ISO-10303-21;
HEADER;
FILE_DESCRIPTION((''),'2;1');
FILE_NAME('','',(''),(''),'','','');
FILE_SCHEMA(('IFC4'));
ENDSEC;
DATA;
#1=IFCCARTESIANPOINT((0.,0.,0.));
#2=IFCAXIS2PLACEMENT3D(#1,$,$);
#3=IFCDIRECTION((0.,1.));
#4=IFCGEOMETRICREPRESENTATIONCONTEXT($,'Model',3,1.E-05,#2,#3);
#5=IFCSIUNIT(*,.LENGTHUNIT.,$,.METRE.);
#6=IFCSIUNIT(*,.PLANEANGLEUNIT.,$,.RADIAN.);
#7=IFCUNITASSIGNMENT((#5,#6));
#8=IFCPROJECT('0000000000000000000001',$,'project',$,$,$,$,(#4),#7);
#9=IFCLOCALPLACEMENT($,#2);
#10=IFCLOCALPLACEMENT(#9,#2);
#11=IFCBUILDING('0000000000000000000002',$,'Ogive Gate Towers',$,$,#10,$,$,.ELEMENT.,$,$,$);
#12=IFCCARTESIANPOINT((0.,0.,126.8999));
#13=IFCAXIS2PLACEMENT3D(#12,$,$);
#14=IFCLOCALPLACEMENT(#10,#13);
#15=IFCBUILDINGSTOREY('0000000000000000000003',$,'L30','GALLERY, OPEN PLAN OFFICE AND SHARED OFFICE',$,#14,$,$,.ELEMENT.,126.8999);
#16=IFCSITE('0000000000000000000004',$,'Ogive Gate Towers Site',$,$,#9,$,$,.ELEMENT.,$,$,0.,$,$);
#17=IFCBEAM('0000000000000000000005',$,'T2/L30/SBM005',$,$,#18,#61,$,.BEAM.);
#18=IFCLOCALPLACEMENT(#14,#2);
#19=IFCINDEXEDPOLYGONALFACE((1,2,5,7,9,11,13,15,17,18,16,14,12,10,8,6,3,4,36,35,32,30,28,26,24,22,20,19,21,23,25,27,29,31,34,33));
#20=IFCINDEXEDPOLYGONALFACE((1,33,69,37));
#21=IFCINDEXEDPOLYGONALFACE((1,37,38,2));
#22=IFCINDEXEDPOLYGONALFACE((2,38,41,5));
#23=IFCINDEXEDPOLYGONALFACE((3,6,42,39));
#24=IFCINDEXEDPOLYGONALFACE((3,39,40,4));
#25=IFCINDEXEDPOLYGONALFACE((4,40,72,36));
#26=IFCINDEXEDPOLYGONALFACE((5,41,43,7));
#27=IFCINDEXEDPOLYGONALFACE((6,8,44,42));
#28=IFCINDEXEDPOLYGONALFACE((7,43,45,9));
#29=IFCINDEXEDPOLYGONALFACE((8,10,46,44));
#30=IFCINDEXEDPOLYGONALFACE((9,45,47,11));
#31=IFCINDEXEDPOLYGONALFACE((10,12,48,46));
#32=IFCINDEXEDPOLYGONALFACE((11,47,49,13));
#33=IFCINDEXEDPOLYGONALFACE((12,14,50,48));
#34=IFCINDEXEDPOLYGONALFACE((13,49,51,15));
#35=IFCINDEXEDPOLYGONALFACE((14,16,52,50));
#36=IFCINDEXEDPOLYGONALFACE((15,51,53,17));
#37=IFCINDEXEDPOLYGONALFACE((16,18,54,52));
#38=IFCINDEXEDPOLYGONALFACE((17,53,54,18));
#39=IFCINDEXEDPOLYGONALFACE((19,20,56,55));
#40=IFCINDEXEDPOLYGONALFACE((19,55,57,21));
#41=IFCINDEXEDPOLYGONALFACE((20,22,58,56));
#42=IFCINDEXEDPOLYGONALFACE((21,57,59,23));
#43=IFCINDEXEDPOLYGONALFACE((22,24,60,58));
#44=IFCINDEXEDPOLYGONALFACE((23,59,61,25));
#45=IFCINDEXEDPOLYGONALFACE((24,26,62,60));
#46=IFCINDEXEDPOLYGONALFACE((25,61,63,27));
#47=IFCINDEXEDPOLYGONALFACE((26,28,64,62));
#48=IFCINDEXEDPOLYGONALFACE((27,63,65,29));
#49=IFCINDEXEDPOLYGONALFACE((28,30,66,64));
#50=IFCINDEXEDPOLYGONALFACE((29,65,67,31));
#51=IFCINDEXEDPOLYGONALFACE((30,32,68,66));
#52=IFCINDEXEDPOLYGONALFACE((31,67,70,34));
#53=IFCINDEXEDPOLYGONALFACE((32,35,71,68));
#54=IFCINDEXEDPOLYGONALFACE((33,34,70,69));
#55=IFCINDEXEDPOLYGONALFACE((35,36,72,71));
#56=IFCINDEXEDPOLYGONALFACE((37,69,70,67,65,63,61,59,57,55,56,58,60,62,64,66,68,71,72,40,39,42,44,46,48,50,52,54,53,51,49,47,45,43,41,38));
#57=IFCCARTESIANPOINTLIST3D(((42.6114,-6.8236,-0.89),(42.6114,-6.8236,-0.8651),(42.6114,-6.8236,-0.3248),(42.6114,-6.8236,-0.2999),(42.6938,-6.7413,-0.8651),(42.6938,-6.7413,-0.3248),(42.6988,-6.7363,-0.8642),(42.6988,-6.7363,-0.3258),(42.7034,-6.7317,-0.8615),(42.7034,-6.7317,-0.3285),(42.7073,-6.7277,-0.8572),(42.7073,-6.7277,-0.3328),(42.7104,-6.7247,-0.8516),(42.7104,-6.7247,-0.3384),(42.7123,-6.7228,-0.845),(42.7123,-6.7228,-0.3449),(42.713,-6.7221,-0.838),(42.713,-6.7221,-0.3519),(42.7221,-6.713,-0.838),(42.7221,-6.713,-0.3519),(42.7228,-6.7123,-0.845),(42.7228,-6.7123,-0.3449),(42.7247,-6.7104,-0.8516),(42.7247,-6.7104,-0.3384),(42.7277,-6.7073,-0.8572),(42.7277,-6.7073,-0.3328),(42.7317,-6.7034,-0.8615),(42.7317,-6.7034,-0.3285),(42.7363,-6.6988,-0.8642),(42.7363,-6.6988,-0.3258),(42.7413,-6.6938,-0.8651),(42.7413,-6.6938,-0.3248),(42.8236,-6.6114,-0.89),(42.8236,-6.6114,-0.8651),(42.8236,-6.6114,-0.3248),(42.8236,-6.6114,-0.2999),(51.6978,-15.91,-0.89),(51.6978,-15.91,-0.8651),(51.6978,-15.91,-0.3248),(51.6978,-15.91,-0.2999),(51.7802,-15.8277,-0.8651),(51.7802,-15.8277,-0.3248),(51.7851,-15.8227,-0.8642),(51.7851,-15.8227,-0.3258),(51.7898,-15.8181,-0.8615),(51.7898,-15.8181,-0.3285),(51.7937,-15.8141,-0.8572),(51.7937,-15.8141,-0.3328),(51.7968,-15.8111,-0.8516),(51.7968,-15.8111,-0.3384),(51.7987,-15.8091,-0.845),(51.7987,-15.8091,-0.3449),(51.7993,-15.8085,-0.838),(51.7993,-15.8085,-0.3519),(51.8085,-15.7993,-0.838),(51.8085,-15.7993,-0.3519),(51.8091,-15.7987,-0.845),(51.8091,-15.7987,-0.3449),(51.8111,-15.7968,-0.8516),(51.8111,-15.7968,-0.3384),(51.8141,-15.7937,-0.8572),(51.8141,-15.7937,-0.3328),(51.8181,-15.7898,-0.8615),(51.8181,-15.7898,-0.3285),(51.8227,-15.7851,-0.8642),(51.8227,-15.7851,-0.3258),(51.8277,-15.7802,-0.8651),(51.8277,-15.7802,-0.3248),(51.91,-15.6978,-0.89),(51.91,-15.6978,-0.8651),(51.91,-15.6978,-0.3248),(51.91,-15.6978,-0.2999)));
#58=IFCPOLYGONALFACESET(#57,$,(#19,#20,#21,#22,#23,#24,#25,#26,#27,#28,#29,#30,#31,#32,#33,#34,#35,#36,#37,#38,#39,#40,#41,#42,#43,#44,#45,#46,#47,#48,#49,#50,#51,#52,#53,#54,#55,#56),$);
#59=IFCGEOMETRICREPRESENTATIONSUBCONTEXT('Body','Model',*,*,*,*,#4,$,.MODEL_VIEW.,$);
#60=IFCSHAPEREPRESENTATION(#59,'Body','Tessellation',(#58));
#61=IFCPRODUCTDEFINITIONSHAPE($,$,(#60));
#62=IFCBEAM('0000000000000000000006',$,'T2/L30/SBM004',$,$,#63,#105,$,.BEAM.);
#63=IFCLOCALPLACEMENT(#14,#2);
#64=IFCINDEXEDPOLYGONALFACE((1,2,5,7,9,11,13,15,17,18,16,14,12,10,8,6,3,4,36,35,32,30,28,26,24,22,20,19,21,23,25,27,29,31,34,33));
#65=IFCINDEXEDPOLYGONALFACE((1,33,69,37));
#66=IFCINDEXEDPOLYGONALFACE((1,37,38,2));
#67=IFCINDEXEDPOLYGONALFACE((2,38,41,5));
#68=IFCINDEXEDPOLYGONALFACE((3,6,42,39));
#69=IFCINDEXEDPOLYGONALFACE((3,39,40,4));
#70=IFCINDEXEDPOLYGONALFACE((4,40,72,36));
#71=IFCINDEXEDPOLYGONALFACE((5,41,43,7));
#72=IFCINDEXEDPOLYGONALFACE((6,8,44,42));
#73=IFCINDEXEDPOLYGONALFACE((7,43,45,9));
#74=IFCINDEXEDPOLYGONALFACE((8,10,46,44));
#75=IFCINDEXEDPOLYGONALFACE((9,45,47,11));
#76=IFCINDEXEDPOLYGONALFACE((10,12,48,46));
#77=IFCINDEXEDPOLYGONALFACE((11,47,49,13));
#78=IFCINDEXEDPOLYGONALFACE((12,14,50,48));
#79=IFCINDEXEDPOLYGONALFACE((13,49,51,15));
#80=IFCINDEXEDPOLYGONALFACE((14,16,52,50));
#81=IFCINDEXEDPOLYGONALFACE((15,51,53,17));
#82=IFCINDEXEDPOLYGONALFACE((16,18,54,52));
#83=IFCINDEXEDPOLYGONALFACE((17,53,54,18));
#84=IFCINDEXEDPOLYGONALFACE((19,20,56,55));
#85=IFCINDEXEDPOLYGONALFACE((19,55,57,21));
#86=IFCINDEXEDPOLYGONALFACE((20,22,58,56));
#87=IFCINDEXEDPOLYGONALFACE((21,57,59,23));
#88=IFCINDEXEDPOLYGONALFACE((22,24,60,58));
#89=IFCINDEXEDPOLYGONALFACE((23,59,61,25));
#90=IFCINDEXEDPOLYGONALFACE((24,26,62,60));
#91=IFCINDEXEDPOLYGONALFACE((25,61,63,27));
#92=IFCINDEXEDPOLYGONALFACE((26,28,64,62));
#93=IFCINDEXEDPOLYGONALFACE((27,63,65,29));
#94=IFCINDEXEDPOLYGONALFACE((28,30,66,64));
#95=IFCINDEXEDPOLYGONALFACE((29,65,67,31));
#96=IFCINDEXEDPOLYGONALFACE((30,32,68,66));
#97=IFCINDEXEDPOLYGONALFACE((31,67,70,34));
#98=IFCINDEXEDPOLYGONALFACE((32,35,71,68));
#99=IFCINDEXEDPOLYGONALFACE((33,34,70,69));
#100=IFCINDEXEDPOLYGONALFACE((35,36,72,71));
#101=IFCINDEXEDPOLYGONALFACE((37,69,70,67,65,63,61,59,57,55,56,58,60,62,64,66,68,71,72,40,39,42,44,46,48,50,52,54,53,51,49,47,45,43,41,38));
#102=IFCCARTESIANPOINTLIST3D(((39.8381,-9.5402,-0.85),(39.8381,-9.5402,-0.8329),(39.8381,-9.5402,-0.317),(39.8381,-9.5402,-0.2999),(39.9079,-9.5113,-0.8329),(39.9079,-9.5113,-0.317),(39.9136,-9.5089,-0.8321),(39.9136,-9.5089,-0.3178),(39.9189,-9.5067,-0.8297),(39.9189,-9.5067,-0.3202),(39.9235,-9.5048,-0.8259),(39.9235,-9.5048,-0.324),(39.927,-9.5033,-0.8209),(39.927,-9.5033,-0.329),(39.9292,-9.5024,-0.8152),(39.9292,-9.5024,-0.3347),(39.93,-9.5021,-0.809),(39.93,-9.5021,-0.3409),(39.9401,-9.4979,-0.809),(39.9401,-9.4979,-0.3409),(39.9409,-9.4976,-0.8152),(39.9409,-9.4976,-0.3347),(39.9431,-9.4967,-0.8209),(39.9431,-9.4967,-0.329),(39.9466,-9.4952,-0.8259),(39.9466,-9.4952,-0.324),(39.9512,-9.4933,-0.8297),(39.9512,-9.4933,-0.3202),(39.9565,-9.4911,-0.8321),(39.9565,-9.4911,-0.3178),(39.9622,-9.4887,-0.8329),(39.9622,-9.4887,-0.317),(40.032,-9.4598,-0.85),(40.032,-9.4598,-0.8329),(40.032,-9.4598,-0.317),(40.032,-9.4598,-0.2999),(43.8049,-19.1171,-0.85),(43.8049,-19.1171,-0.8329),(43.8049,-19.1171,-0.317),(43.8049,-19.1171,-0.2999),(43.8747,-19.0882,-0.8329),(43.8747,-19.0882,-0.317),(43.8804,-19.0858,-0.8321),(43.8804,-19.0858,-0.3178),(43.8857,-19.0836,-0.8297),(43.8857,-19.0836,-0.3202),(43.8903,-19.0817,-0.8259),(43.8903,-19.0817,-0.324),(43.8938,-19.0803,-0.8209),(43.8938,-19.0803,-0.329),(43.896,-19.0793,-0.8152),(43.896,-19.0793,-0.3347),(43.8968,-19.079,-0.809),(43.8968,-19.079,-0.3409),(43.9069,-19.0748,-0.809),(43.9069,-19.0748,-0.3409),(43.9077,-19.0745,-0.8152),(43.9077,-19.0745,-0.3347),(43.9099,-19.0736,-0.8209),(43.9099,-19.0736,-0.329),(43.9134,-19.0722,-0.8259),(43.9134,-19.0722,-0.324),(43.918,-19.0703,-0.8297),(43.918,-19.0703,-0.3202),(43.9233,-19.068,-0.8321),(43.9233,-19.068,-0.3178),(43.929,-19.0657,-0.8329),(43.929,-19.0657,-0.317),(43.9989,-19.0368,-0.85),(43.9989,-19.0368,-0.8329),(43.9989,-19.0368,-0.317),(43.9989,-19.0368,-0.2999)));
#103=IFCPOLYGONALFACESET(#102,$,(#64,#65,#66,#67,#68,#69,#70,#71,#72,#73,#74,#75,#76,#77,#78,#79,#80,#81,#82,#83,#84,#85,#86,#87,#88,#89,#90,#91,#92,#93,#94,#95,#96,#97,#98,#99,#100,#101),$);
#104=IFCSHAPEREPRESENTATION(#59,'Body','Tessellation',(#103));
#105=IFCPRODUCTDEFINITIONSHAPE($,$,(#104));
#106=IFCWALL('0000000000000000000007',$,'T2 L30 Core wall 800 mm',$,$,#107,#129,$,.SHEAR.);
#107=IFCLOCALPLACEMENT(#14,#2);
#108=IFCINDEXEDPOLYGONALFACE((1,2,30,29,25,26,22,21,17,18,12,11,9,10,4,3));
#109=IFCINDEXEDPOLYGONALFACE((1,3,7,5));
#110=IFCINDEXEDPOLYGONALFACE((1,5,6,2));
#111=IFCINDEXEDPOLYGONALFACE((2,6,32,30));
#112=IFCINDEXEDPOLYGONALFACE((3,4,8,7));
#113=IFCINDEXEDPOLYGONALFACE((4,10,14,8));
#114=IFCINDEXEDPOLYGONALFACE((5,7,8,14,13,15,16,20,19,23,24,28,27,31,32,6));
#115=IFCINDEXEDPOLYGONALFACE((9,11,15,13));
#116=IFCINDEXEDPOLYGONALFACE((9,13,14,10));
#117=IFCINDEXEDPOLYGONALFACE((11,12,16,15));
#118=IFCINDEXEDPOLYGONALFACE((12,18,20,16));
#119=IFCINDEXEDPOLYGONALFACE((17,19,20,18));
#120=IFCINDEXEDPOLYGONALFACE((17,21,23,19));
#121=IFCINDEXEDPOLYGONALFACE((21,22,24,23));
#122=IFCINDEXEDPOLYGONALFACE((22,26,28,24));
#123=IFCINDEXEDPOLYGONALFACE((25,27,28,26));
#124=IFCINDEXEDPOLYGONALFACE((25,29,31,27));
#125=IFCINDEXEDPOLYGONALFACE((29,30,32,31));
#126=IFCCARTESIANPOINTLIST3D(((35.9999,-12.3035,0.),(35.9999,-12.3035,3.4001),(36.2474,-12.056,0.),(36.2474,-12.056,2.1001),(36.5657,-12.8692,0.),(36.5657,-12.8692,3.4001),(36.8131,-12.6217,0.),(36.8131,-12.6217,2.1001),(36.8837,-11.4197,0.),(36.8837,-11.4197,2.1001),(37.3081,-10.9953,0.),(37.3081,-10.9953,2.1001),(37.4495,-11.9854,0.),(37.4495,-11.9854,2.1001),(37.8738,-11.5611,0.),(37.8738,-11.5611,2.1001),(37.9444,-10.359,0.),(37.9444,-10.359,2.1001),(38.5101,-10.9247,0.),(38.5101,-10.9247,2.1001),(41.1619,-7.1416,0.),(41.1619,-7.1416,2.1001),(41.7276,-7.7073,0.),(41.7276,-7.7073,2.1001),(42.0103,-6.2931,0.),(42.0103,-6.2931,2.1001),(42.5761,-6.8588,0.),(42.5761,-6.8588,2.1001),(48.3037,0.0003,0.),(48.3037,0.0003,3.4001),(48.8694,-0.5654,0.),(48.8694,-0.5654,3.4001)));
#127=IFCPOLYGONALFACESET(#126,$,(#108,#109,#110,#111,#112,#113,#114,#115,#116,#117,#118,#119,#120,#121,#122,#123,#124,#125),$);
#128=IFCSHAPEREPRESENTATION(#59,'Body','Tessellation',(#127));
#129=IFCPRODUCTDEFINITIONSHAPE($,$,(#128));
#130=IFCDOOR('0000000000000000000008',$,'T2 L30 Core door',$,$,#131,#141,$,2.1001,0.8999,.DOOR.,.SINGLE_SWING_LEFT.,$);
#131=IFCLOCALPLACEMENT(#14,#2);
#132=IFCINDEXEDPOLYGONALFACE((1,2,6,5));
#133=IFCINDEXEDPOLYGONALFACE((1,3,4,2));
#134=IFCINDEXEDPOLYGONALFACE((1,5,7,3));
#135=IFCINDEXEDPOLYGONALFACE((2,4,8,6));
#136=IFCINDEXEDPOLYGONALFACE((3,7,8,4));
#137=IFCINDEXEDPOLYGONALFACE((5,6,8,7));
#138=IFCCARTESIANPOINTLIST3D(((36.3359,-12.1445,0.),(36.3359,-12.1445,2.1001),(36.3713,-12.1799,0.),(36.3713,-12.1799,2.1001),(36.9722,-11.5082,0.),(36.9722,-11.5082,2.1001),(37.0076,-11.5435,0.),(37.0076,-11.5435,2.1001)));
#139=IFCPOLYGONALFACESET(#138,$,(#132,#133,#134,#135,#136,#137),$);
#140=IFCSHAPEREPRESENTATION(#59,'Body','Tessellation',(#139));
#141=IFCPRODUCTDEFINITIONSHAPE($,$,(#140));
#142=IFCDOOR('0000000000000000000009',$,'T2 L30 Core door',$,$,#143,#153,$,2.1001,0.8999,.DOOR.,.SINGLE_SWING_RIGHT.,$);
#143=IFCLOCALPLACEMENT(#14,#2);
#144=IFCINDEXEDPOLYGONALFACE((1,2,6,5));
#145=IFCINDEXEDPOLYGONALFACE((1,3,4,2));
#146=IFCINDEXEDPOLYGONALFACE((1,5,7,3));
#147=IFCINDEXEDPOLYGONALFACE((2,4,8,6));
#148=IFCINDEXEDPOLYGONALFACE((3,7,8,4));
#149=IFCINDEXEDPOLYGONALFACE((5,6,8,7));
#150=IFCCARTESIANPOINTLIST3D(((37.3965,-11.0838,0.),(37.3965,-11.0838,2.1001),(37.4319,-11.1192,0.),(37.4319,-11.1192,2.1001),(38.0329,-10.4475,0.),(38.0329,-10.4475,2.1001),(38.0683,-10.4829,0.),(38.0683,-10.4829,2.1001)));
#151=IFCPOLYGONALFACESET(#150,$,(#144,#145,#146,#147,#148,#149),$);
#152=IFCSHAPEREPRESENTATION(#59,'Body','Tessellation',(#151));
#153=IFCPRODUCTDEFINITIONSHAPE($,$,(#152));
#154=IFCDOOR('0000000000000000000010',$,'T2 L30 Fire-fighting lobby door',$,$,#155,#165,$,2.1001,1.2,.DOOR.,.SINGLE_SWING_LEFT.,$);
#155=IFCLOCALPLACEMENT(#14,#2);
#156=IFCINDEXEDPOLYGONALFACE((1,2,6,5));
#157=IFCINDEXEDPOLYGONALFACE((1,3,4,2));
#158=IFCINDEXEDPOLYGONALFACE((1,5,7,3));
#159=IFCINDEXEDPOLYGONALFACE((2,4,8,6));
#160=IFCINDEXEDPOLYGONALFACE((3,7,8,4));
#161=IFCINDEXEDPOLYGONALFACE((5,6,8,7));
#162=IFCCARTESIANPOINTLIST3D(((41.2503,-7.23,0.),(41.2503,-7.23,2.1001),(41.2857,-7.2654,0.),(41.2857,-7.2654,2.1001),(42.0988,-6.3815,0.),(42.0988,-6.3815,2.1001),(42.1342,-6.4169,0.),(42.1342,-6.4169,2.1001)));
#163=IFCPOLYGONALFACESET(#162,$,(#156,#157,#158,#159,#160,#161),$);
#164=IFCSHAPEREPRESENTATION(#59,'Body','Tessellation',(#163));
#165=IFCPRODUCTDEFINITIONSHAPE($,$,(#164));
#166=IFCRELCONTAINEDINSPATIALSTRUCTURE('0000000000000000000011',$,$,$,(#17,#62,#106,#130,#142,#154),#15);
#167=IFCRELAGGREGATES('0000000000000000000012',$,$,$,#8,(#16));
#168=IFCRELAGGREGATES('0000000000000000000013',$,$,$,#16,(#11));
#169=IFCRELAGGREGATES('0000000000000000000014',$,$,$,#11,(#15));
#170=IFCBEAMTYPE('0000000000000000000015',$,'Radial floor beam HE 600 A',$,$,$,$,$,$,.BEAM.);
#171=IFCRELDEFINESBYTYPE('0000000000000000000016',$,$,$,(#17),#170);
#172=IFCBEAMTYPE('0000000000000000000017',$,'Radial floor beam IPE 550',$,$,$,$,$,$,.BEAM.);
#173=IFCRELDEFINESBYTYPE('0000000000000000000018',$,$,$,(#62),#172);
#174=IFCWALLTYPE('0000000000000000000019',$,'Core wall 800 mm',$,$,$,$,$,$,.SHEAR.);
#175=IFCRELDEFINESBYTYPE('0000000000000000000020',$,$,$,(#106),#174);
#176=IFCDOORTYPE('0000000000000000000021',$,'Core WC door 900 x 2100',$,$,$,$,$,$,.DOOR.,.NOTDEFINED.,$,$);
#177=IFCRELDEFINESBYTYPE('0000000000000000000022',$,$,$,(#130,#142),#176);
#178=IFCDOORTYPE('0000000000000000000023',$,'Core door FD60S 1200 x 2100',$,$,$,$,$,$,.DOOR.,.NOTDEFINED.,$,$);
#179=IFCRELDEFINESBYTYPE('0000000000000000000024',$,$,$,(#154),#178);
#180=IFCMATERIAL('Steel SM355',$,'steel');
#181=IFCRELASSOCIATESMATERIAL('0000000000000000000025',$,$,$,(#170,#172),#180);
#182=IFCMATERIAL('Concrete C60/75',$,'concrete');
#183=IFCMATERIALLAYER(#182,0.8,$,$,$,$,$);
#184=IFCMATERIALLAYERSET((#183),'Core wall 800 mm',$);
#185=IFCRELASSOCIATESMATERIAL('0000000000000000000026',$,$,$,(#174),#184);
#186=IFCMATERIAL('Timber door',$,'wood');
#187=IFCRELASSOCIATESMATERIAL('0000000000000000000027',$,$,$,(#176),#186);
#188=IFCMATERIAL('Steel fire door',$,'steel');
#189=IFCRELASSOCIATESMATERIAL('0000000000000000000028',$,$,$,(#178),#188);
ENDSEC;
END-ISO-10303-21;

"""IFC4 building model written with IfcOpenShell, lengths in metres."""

from ifc_helpers import new_model, si_unit, direction, frame, frame_2d, origin, origin_2d, place, context, subcontext, project, spatial, rectangle, i_section, extrude, material, layer, layer_set, material_profile, profile_set, type_object, element, fill, save


model = new_model("IFC4")

# Units and contexts
model_context = context("Model", 3, precision=1e-05, world=origin(), true_north=direction((0.0, 1.0)))
body_context = subcontext(model_context, "Body", "Model", "MODEL_VIEW")
ifc_project = project(units=[si_unit("LENGTHUNIT", "METRE"), si_unit("PLANEANGLEUNIT", "RADIAN")], contexts=[model_context])

# Site, building, storey
site_placement = place(None, origin())
site = spatial("IfcSite", under=ifc_project, at=site_placement, Name="Ogive Gate Towers Site", CompositionType="ELEMENT", RefElevation=0.0)
building_placement = place(site_placement, origin())
building = spatial("IfcBuilding", under=site, at=building_placement, Name="Ogive Gate Towers", CompositionType="ELEMENT")
storey_placement = place(building_placement, frame((0.0, 0.0, 126.8999)))
storey = spatial("IfcBuildingStorey", under=building, at=storey_placement, Name="L30", Description="GALLERY, OPEN PLAN OFFICE AND SHARED OFFICE", CompositionType="ELEMENT", Elevation=126.8999)

# Beams
ifc_material_1 = material(Name="Steel SM355", Category="steel")
ifc_material_profile_1 = material_profile(ifc_material_1, i_section(OverallWidth=0.3, OverallDepth=0.5901, WebThickness=0.0129, FlangeThickness=0.0249, FilletRadius=0.0271, at=origin_2d()), Name="HE 600 A")
ifc_profile_set_1 = profile_set([ifc_material_profile_1], Name="Steel SM355")
beam_type_1 = type_object("IfcBeamType", Name="Radial floor beam HE 600 A", PredefinedType="BEAM", material=ifc_profile_set_1)
beam_1_placement = place(storey_placement, frame((42.7175, -6.7175, -0.595), z_axis=(0.707107, -0.707107, 0.0), x_axis=(0.707107, 0.707107, 0.0)))
element("IfcBeam", 1, at=beam_1_placement, inside=storey, type_object=beam_type_1, Name="T2/L30/SBM005", PredefinedType="BEAM", context=body_context, shape_type="SweptSolid", body=[
    extrude(i_section(OverallWidth=0.3, OverallDepth=0.5901, WebThickness=0.0129, FlangeThickness=0.0249, FilletRadius=0.0271, at=origin_2d()), origin(), (0.0, 0.0, 1.0), 12.8501),
])
ifc_material_profile_2 = material_profile(ifc_material_1, i_section(OverallWidth=0.21, OverallDepth=0.55, WebThickness=0.011, FlangeThickness=0.0171, FilletRadius=0.0239, at=origin_2d()), Name="IPE 550")
ifc_profile_set_2 = profile_set([ifc_material_profile_2], Name="Steel SM355")
beam_type_2 = type_object("IfcBeamType", Name="Radial floor beam IPE 550", PredefinedType="BEAM", material=ifc_profile_set_2)
beam_2_placement = place(storey_placement, frame((39.9351, -9.5, -0.575), z_axis=(0.382676, -0.923882, 0.0), x_axis=(0.923882, 0.382676, 0.0)))
element("IfcBeam", 2, at=beam_2_placement, inside=storey, type_object=beam_type_2, Name="T2/L30/SBM004", PredefinedType="BEAM", context=body_context, shape_type="SweptSolid", body=[
    extrude(i_section(OverallWidth=0.21, OverallDepth=0.55, WebThickness=0.011, FlangeThickness=0.0171, FilletRadius=0.0239, at=origin_2d()), origin(), (0.0, 0.0, 1.0), 10.366),
])

# Wall, openings, doors
ifc_material_2 = material(Name="Concrete C60/75", Category="concrete")
ifc_layer_1 = layer(ifc_material_2, 0.8)
ifc_layer_set_1 = layer_set([ifc_layer_1], Name="Core wall 800 mm")
wall_type_1 = type_object("IfcWallType", Name="Core wall 800 mm", PredefinedType="SHEAR", material=ifc_layer_set_1)
wall_1_placement = place(storey_placement, frame((36.2827, -12.5864, 0.0), z_axis=(0.0, 0.0, 1.0), x_axis=(0.707107, 0.707107, 0.0)))
wall_1 = element("IfcWall", 3, at=wall_1_placement, inside=storey, type_object=wall_type_1, Name="T2 L30 Core wall 800 mm", PredefinedType="SHEAR", context=body_context, shape_type="SweptSolid", body=[
    extrude(rectangle(XDim=17.4001, YDim=0.8, at=frame_2d((8.7002, 0.0))), origin(), (0.0, 0.0, 1.0), 3.4001),
])
opening_1_placement = place(wall_1_placement, frame((7.3, 0.0, 0.0)))
opening_1 = element("IfcOpeningElement", 4, at=opening_1_placement, cuts=wall_1, PredefinedType="OPENING", context=body_context, shape_type="SweptSolid", body=[
    extrude(rectangle(XDim=1.2, YDim=2.1001, at=frame_2d((0.6001, 1.05))), frame((0.0, 0.4102, 0.0), z_axis=(0.0, -1.0, 0.0), x_axis=(1.0, 0.0, 0.0)), (0.0, 0.0, 1.0), 0.8201),
])
opening_2_placement = place(wall_1_placement, frame((0.3501, 0.0, 0.0)))
opening_2 = element("IfcOpeningElement", 5, at=opening_2_placement, cuts=wall_1, PredefinedType="OPENING", context=body_context, shape_type="SweptSolid", body=[
    extrude(rectangle(XDim=0.8999, YDim=2.1001, at=frame_2d((0.45, 1.05))), frame((0.0, 0.4102, 0.0), z_axis=(0.0, -1.0, 0.0), x_axis=(1.0, 0.0, 0.0)), (0.0, 0.0, 1.0), 0.8201),
])
opening_3_placement = place(wall_1_placement, frame((1.8501, 0.0, 0.0)))
opening_3 = element("IfcOpeningElement", 6, at=opening_3_placement, cuts=wall_1, PredefinedType="OPENING", context=body_context, shape_type="SweptSolid", body=[
    extrude(rectangle(XDim=0.8999, YDim=2.1001, at=frame_2d((0.45, 1.05))), frame((0.0, 0.4102, 0.0), z_axis=(0.0, -1.0, 0.0), x_axis=(1.0, 0.0, 0.0)), (0.0, 0.0, 1.0), 0.8201),
])
ifc_material_3 = material(Name="Timber door", Category="wood")
door_type_1 = type_object("IfcDoorType", Name="Core WC door 900 x 2100", OperationType="NOTDEFINED", PredefinedType="DOOR", material=ifc_material_3)
door_1_placement = place(opening_2_placement, origin())
door_1 = element("IfcDoor", 7, at=door_1_placement, inside=storey, type_object=door_type_1, Name="T2 L30 Core door", OperationType="SINGLE_SWING_LEFT", OverallHeight=2.1001, OverallWidth=0.8999, PredefinedType="DOOR", context=body_context, shape_type="SweptSolid", body=[
    extrude(rectangle(XDim=0.8999, YDim=2.1001, at=frame_2d((0.45, 1.05))), frame((0.0, 0.2749, 0.0), z_axis=(0.0, -1.0, 0.0), x_axis=(1.0, 0.0, 0.0)), (0.0, 0.0, 1.0), 0.05),
])
fill(opening_2, door_1)
door_2_placement = place(opening_3_placement, origin())
door_2 = element("IfcDoor", 8, at=door_2_placement, inside=storey, type_object=door_type_1, Name="T2 L30 Core door", OperationType="SINGLE_SWING_RIGHT", OverallHeight=2.1001, OverallWidth=0.8999, PredefinedType="DOOR", context=body_context, shape_type="SweptSolid", body=[
    extrude(rectangle(XDim=0.8999, YDim=2.1001, at=frame_2d((0.45, 1.05))), frame((0.0, 0.2749, 0.0), z_axis=(0.0, -1.0, 0.0), x_axis=(1.0, 0.0, 0.0)), (0.0, 0.0, 1.0), 0.05),
])
fill(opening_3, door_2)
ifc_material_4 = material(Name="Steel fire door", Category="steel")
door_type_2 = type_object("IfcDoorType", Name="Core door FD60S 1200 x 2100", OperationType="NOTDEFINED", PredefinedType="DOOR", material=ifc_material_4)
door_3_placement = place(opening_1_placement, origin())
door_3 = element("IfcDoor", 9, at=door_3_placement, inside=storey, type_object=door_type_2, Name="T2 L30 Fire-fighting lobby door", OperationType="SINGLE_SWING_LEFT", OverallHeight=2.1001, OverallWidth=1.2, PredefinedType="DOOR", context=body_context, shape_type="SweptSolid", body=[
    extrude(rectangle(XDim=1.2, YDim=2.1001, at=frame_2d((0.6001, 1.05))), frame((0.0, 0.2749, 0.0), z_axis=(0.0, -1.0, 0.0), x_axis=(1.0, 0.0, 0.0)), (0.0, 0.0, 1.0), 0.05),
])
fill(opening_1, door_3)

save(model, "model.ifc")
